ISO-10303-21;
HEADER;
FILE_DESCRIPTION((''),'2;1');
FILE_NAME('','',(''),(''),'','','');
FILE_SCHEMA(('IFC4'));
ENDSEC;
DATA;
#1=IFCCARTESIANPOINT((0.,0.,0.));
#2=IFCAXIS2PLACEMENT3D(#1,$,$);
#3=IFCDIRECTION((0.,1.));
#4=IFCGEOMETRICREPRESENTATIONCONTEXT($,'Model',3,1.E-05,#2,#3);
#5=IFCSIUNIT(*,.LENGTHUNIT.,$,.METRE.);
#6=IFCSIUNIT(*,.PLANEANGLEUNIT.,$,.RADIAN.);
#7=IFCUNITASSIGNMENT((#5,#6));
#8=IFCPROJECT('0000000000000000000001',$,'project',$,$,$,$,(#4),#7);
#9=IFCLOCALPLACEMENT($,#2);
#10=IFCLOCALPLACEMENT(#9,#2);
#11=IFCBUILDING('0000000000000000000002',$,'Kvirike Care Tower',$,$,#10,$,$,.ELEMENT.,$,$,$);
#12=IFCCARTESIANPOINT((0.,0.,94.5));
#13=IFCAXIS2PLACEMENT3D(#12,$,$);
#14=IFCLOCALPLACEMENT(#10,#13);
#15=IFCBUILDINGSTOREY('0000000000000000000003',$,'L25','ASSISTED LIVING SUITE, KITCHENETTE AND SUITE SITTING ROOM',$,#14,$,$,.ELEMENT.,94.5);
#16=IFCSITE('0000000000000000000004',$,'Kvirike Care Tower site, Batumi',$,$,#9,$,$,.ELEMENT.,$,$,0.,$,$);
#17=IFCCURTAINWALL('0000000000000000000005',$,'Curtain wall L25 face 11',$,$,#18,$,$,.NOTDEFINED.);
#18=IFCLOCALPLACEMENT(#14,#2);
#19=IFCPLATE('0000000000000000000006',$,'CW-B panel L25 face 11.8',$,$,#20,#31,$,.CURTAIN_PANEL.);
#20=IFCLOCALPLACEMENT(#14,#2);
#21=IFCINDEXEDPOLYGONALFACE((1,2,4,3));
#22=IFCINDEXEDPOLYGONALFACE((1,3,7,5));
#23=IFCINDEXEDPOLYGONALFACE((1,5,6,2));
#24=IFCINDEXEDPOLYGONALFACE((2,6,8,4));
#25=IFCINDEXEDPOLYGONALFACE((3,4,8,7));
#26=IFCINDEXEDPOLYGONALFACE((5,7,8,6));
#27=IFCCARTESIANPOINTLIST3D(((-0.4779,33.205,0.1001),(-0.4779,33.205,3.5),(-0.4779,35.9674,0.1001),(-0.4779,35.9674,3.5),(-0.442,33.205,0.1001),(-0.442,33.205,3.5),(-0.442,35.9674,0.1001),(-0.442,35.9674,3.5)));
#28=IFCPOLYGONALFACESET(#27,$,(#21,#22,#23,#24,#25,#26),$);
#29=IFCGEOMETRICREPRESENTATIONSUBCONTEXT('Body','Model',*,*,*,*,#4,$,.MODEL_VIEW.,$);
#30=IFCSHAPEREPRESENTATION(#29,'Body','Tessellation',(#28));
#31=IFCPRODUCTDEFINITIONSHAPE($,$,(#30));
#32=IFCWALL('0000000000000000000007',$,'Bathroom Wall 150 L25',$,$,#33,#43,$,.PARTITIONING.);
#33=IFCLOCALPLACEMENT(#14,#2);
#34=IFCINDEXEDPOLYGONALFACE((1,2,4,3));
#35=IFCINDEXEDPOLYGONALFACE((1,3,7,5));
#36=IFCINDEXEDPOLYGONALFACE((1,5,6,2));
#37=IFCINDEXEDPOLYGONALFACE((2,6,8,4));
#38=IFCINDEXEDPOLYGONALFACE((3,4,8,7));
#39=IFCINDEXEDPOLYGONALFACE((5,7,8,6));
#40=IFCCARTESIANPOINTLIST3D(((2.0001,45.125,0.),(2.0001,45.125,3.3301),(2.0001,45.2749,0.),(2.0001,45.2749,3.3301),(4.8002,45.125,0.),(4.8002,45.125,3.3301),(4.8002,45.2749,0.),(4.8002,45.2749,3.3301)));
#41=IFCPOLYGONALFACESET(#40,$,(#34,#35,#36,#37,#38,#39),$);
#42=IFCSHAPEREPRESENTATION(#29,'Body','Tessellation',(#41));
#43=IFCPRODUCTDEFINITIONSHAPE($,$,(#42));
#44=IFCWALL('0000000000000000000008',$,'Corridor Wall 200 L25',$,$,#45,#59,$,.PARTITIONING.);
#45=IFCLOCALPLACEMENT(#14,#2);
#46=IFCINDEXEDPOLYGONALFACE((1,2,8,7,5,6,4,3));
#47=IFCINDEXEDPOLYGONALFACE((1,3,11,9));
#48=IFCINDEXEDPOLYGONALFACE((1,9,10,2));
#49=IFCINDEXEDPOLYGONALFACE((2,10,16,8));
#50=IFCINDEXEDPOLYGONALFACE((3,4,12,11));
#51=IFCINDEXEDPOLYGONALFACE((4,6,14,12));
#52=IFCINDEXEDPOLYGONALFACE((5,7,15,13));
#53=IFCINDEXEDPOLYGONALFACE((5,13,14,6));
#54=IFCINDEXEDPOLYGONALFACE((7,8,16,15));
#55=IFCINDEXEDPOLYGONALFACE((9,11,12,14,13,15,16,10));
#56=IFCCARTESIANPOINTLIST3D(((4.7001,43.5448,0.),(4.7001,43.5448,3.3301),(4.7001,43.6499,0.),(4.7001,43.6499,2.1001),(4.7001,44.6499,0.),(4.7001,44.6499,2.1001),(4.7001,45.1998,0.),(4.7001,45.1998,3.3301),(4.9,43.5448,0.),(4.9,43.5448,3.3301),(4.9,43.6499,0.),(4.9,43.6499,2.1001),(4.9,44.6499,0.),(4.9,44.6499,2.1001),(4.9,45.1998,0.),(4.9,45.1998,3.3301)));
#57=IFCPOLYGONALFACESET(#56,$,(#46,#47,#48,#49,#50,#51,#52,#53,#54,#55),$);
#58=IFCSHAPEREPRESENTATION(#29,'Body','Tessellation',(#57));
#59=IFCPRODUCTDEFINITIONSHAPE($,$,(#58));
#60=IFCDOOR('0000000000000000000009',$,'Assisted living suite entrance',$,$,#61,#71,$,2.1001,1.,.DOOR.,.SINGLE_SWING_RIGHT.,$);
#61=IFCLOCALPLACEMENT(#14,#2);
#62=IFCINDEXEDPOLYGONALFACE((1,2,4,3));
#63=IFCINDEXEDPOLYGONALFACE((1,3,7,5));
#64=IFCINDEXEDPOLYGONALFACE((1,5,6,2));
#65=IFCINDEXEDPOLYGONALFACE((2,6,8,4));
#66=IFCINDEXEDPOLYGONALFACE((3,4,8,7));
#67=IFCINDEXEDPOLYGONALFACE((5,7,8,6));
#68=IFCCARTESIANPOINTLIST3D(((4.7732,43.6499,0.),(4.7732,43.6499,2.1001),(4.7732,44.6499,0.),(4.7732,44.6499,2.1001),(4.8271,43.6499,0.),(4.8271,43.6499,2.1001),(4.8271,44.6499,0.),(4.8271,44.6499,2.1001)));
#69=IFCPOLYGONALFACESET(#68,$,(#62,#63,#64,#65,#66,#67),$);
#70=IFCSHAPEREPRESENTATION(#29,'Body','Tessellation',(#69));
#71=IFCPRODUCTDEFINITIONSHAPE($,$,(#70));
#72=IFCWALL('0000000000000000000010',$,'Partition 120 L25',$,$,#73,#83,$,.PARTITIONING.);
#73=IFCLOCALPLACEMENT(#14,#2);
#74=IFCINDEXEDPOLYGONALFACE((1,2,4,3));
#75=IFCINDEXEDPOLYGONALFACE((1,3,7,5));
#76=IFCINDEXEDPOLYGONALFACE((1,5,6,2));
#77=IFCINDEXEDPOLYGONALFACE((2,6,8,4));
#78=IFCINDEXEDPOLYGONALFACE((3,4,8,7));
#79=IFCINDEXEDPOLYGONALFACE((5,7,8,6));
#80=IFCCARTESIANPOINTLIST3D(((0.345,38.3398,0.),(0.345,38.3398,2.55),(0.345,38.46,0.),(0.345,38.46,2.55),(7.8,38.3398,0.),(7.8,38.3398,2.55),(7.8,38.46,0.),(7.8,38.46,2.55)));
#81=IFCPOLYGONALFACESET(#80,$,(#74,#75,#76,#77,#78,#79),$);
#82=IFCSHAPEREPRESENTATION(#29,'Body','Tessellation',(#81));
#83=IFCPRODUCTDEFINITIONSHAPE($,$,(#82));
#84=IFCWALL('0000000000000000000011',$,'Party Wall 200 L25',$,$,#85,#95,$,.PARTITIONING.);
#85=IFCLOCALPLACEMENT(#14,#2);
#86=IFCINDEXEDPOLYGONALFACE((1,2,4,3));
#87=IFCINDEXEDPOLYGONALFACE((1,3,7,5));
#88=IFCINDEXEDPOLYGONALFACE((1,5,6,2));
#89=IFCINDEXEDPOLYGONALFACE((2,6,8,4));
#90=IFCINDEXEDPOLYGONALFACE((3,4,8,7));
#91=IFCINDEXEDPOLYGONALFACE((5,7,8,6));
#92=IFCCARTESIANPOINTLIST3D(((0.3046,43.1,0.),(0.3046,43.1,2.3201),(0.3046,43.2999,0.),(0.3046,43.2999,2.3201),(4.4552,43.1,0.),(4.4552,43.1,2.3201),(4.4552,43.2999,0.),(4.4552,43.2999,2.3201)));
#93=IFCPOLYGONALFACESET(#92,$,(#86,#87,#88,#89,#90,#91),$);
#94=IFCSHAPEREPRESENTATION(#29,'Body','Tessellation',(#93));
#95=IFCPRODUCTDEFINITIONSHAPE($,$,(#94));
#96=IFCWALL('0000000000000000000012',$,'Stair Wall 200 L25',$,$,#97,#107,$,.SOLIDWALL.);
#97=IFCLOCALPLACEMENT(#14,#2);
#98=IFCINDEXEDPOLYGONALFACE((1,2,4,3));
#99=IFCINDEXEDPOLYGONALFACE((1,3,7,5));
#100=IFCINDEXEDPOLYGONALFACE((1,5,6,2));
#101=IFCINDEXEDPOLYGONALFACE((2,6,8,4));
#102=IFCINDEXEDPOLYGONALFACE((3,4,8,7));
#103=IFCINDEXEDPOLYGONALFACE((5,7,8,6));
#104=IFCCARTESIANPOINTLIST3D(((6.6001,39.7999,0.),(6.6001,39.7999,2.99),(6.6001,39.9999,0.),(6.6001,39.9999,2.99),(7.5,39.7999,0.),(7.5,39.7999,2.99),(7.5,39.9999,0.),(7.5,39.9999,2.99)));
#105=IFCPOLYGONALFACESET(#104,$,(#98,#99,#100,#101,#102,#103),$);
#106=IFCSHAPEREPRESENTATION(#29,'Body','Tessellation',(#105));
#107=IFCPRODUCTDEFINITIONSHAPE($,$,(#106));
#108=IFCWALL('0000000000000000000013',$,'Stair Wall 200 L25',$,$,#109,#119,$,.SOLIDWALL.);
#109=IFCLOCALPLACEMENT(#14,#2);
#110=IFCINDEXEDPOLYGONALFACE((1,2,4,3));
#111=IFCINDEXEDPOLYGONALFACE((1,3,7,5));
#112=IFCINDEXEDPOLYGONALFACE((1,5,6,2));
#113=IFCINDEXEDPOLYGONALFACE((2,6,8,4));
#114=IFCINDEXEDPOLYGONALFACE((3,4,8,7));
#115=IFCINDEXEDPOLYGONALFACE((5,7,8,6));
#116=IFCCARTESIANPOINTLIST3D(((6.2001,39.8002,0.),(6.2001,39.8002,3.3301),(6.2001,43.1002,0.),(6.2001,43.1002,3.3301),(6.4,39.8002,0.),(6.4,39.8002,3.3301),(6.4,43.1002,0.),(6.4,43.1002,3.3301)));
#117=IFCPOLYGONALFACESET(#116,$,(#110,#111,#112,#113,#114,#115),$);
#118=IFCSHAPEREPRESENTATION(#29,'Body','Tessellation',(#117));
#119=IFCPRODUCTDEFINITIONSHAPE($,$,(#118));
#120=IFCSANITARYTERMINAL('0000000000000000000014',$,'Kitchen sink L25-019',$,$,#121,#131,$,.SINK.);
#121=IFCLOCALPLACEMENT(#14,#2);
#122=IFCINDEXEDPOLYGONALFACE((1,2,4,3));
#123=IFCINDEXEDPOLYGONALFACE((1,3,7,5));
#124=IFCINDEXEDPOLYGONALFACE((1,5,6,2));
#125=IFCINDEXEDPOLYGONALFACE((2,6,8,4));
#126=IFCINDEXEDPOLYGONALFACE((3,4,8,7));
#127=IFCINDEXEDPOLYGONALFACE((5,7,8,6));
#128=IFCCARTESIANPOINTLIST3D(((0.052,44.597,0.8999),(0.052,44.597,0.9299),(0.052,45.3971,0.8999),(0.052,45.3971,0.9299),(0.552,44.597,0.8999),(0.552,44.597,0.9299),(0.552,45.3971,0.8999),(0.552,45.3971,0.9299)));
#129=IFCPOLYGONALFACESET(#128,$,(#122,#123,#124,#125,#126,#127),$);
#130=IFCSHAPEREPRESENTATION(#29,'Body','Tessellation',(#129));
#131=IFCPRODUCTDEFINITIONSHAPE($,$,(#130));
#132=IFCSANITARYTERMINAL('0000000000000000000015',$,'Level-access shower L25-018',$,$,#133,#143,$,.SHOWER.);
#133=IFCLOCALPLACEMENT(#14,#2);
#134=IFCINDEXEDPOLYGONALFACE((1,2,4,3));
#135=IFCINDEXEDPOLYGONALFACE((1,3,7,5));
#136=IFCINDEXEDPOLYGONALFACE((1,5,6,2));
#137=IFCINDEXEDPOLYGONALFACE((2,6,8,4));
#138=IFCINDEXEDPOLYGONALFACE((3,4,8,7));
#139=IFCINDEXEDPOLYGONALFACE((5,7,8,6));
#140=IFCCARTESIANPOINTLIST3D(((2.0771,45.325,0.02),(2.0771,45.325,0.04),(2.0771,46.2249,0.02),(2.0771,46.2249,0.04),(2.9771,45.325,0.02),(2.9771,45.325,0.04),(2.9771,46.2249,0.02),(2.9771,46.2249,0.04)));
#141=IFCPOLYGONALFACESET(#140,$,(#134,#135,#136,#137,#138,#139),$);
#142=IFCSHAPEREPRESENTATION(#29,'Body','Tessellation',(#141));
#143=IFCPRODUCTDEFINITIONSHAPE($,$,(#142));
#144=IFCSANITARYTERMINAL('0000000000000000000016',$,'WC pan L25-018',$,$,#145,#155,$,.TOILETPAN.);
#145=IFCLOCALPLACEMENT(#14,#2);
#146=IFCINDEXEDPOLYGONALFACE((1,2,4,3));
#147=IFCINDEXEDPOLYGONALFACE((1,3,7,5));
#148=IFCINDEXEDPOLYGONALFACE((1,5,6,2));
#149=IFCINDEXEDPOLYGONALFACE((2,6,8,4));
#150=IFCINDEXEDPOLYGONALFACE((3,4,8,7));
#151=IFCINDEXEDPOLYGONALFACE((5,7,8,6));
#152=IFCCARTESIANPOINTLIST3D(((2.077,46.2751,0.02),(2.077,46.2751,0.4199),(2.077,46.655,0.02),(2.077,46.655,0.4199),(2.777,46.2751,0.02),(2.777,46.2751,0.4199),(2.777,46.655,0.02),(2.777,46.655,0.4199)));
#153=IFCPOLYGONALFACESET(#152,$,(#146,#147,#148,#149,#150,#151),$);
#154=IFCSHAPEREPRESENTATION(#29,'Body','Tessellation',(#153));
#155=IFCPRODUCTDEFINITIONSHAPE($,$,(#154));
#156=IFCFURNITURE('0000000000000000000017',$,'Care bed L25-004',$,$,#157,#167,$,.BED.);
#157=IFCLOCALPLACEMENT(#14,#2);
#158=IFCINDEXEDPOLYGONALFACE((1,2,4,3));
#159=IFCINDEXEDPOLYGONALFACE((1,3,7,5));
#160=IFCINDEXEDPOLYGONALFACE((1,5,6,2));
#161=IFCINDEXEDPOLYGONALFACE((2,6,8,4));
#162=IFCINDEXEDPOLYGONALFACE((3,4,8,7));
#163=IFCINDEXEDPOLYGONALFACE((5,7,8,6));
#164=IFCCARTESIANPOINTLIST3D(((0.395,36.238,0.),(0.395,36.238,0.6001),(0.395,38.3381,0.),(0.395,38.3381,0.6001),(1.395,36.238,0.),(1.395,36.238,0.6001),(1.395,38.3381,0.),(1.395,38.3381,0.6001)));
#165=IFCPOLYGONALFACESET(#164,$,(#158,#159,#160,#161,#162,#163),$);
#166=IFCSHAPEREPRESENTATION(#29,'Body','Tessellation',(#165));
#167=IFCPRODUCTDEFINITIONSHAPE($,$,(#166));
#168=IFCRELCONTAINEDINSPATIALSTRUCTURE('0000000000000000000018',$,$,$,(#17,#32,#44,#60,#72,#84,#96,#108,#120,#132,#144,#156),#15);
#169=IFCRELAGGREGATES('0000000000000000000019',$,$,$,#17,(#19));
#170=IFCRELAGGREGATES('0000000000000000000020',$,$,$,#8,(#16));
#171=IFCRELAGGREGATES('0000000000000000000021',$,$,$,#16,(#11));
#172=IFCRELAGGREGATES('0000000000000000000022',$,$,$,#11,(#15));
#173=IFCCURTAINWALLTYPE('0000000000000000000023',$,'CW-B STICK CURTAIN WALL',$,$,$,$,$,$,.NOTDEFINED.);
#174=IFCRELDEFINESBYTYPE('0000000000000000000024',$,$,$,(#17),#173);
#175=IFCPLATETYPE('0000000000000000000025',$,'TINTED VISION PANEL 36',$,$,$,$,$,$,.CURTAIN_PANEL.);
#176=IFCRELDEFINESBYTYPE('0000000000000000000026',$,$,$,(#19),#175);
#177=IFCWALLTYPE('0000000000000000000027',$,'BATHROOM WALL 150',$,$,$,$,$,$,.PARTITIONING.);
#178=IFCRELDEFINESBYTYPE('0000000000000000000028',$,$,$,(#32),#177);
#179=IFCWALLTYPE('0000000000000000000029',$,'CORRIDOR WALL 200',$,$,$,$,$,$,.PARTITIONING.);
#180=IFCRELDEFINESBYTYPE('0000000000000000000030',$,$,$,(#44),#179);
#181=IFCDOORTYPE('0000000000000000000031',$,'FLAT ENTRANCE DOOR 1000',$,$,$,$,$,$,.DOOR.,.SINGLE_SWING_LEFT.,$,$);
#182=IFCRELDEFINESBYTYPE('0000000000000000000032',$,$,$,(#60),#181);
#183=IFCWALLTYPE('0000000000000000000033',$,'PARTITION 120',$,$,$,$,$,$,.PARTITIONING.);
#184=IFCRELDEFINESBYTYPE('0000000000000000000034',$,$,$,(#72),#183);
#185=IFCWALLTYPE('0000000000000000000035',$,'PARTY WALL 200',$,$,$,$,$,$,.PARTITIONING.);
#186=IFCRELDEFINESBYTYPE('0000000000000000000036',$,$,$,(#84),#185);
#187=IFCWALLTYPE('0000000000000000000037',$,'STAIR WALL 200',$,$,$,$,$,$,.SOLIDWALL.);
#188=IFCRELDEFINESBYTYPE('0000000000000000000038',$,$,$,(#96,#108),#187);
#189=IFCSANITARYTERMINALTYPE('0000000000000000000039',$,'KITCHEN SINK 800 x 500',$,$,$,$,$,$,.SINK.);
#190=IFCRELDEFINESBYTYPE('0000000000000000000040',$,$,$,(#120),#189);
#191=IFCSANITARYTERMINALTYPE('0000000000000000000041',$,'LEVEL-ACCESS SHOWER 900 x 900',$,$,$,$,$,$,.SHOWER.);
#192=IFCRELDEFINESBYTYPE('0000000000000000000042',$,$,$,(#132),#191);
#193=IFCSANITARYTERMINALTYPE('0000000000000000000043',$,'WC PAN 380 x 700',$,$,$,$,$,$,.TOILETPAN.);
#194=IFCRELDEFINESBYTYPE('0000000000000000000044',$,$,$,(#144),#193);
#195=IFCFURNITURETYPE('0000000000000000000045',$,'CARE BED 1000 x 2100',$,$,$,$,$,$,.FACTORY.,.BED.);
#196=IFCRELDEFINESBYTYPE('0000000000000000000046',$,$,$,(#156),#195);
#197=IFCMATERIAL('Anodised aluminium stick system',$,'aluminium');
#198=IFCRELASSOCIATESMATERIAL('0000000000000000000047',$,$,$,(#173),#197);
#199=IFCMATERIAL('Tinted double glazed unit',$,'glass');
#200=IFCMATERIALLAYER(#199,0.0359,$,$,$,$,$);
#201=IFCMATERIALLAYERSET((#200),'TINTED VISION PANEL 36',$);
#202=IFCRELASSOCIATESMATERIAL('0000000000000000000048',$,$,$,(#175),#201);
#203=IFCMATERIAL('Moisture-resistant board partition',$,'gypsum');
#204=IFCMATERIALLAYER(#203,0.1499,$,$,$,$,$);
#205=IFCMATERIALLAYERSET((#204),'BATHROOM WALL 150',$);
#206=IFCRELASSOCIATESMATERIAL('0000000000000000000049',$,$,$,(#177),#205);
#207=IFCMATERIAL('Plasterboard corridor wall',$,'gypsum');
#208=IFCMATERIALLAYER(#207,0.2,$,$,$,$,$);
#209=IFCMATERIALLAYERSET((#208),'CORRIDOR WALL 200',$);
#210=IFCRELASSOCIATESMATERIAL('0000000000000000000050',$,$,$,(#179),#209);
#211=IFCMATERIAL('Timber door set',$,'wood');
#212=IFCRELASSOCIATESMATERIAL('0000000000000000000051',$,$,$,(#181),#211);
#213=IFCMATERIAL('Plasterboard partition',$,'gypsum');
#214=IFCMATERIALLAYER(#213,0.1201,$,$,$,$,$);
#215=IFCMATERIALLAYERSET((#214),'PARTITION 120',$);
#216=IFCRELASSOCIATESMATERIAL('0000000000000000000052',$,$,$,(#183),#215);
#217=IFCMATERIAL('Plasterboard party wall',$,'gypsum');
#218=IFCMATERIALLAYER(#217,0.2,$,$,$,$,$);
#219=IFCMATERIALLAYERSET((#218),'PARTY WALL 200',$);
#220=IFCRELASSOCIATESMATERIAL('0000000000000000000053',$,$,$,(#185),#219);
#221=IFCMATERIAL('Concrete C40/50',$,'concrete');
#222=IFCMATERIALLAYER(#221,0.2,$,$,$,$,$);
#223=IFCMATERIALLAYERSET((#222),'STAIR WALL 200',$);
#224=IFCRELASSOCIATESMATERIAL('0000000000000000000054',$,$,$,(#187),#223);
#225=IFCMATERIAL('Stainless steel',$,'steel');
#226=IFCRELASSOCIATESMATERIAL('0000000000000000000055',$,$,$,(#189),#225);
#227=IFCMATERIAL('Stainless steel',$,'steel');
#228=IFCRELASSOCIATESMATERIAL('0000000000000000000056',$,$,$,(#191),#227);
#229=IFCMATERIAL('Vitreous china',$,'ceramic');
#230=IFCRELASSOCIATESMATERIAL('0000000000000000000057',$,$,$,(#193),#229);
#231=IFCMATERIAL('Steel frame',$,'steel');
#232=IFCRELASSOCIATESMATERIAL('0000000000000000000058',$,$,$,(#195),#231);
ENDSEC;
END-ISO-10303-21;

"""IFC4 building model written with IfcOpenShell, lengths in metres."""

from ifc_helpers import new_model, si_unit, direction, frame, frame_2d, origin, origin_2d, place, context, subcontext, project, spatial, rectangle, extrude, material, layer, layer_set, type_object, element, fill, aggregate, save


model = new_model("IFC4")

# Units and contexts
model_context = context("Model", 3, precision=1e-05, world=origin(), true_north=direction((0.0, 1.0)))
body_context = subcontext(model_context, "Body", "Model", "MODEL_VIEW")
ifc_project = project(units=[si_unit("LENGTHUNIT", "METRE"), si_unit("PLANEANGLEUNIT", "RADIAN")], contexts=[model_context])

# Site, building, storey
site_placement = place(None, origin())
site = spatial("IfcSite", under=ifc_project, at=site_placement, Name="Kvirike Care Tower site, Batumi", CompositionType="ELEMENT", RefElevation=0.0)
building_placement = place(site_placement, origin())
building = spatial("IfcBuilding", under=site, at=building_placement, Name="Kvirike Care Tower", CompositionType="ELEMENT")
storey_placement = place(building_placement, frame((0.0, 0.0, 94.5)))
storey = spatial("IfcBuildingStorey", under=building, at=storey_placement, Name="L25", Description="ASSISTED LIVING SUITE, KITCHENETTE AND SUITE SITTING ROOM", CompositionType="ELEMENT", Elevation=94.5)

# Curtain wall
ifc_material_1 = material(Name="Anodised aluminium stick system", Category="aluminium")
curtain_wall_type = type_object("IfcCurtainWallType", Name="CW-B STICK CURTAIN WALL", PredefinedType="NOTDEFINED", material=ifc_material_1)
curtain_wall_placement = place(storey_placement, origin())
curtain_wall = element("IfcCurtainWall", 1, at=curtain_wall_placement, inside=storey, type_object=curtain_wall_type, Name="Curtain wall L25 face 11", PredefinedType="NOTDEFINED")

# Plate
ifc_material_2 = material(Name="Tinted double glazed unit", Category="glass")
ifc_layer_1 = layer(ifc_material_2, 0.0359)
ifc_layer_set_1 = layer_set([ifc_layer_1], Name="TINTED VISION PANEL 36")
plate_type = type_object("IfcPlateType", Name="TINTED VISION PANEL 36", PredefinedType="CURTAIN_PANEL", material=ifc_layer_set_1)
plate_1_placement = place(storey_placement, frame((-0.46, 34.5862, 0.1001), z_axis=(0.0, 0.0, 1.0), x_axis=(0.0, -1.0, 0.0)))
plate_1 = element("IfcPlate", 2, at=plate_1_placement, type_object=plate_type, Name="CW-B panel L25 face 11.8", PredefinedType="CURTAIN_PANEL", context=body_context, shape_type="SweptSolid", body=[
    extrude(rectangle(XDim=2.7625, YDim=0.0359, at=origin_2d()), origin(), (0.0, 0.0, 1.0), 3.3999),
])
aggregate(curtain_wall, [plate_1])

# Wall
ifc_material_3 = material(Name="Moisture-resistant board partition", Category="gypsum")
ifc_layer_2 = layer(ifc_material_3, 0.1499)
ifc_layer_set_2 = layer_set([ifc_layer_2], Name="BATHROOM WALL 150")
wall_type_1 = type_object("IfcWallType", Name="BATHROOM WALL 150", PredefinedType="PARTITIONING", material=ifc_layer_set_2)
wall_1_placement = place(storey_placement, frame((4.8, 45.2, 0.0), z_axis=(0.0, 0.0, 1.0), x_axis=(-1.0, 0.0, 0.0)))
element("IfcWall", 3, at=wall_1_placement, inside=storey, type_object=wall_type_1, Name="Bathroom Wall 150 L25", PredefinedType="PARTITIONING", context=body_context, shape_type="SweptSolid", body=[
    extrude(rectangle(XDim=2.8, YDim=0.1499, at=frame_2d((1.3999, 0.0))), origin(), (0.0, 0.0, 1.0), 3.3301),
])

# Wall, opening, door
ifc_material_4 = material(Name="Plasterboard corridor wall", Category="gypsum")
ifc_layer_3 = layer(ifc_material_4, 0.2)
ifc_layer_set_3 = layer_set([ifc_layer_3], Name="CORRIDOR WALL 200")
wall_type_2 = type_object("IfcWallType", Name="CORRIDOR WALL 200", PredefinedType="PARTITIONING", material=ifc_layer_set_3)
wall_2_placement = place(storey_placement, frame((4.8, 45.2, 0.0), z_axis=(0.0, 0.0, 1.0), x_axis=(0.0, -1.0, 0.0)))
wall_2 = element("IfcWall", 4, at=wall_2_placement, inside=storey, type_object=wall_type_2, Name="Corridor Wall 200 L25", PredefinedType="PARTITIONING", context=body_context, shape_type="SweptSolid", body=[
    extrude(rectangle(XDim=1.655, YDim=0.2, at=frame_2d((0.8276, 0.0))), origin(), (0.0, 0.0, 1.0), 3.3301),
])
opening_placement = place(wall_2_placement, frame((0.55, 0.0, 0.0)))
opening = element("IfcOpeningElement", 5, at=opening_placement, cuts=wall_2, PredefinedType="OPENING", context=body_context, shape_type="SweptSolid", body=[
    extrude(rectangle(XDim=1.0, YDim=2.1001, at=frame_2d((0.5, 1.05))), frame((0.0, 0.1106, 0.0), z_axis=(0.0, -1.0, 0.0), x_axis=(1.0, 0.0, 0.0)), (0.0, 0.0, 1.0), 0.2209),
])
ifc_material_5 = material(Name="Timber door set", Category="wood")
door_type = type_object("IfcDoorType", Name="FLAT ENTRANCE DOOR 1000", OperationType="SINGLE_SWING_LEFT", PredefinedType="DOOR", material=ifc_material_5)
door_placement = place(opening_placement, frame((1.0, 0.0, 0.0), z_axis=(0.0, 0.0, 1.0), x_axis=(-1.0, 0.0, 0.0)))
door = element("IfcDoor", 6, at=door_placement, inside=storey, type_object=door_type, Name="Assisted living suite entrance", OperationType="SINGLE_SWING_RIGHT", OverallHeight=2.1001, OverallWidth=1.0, PredefinedType="DOOR", context=body_context, shape_type="SweptSolid", body=[
    extrude(rectangle(XDim=1.0, YDim=2.1001, at=frame_2d((0.5, 1.05))), frame((0.0, 0.0269, 0.0), z_axis=(0.0, -1.0, 0.0), x_axis=(1.0, 0.0, 0.0)), (0.0, 0.0, 1.0), 0.054),
])
fill(opening, door)

# Walls
ifc_material_6 = material(Name="Plasterboard partition", Category="gypsum")
ifc_layer_4 = layer(ifc_material_6, 0.1201)
ifc_layer_set_4 = layer_set([ifc_layer_4], Name="PARTITION 120")
wall_type_3 = type_object("IfcWallType", Name="PARTITION 120", PredefinedType="PARTITIONING", material=ifc_layer_set_4)
wall_3_placement = place(storey_placement, frame((0.345, 38.3999, 0.0), z_axis=(0.0, 0.0, 1.0), x_axis=(1.0, 0.0, 0.0)))
element("IfcWall", 7, at=wall_3_placement, inside=storey, type_object=wall_type_3, Name="Partition 120 L25", PredefinedType="PARTITIONING", context=body_context, shape_type="SweptSolid", body=[
    extrude(rectangle(XDim=7.4551, YDim=0.1201, at=frame_2d((3.7275, 0.0))), origin(), (0.0, 0.0, 1.0), 2.55),
])
ifc_material_7 = material(Name="Plasterboard party wall", Category="gypsum")
ifc_layer_5 = layer(ifc_material_7, 0.2)
ifc_layer_set_5 = layer_set([ifc_layer_5], Name="PARTY WALL 200")
wall_type_4 = type_object("IfcWallType", Name="PARTY WALL 200", PredefinedType="PARTITIONING", material=ifc_layer_set_5)
wall_4_placement = place(storey_placement, frame((4.4551, 43.2, 0.0), z_axis=(0.0, 0.0, 1.0), x_axis=(-1.0, 0.0, 0.0)))
element("IfcWall", 8, at=wall_4_placement, inside=storey, type_object=wall_type_4, Name="Party Wall 200 L25", PredefinedType="PARTITIONING", context=body_context, shape_type="SweptSolid", body=[
    extrude(rectangle(XDim=4.1506, YDim=0.2, at=frame_2d((2.0752, 0.0))), origin(), (0.0, 0.0, 1.0), 2.3201),
])
ifc_material_8 = material(Name="Concrete C40/50", Category="concrete")
ifc_layer_6 = layer(ifc_material_8, 0.2)
ifc_layer_set_6 = layer_set([ifc_layer_6], Name="STAIR WALL 200")
wall_type_5 = type_object("IfcWallType", Name="STAIR WALL 200", PredefinedType="SOLIDWALL", material=ifc_layer_set_6)
wall_5_placement = place(storey_placement, frame((6.6001, 39.8999, 0.0), z_axis=(0.0, 0.0, 1.0), x_axis=(1.0, 0.0, 0.0)))
element("IfcWall", 9, at=wall_5_placement, inside=storey, type_object=wall_type_5, Name="Stair Wall 200 L25", PredefinedType="SOLIDWALL", context=body_context, shape_type="SweptSolid", body=[
    extrude(rectangle(XDim=0.8999, YDim=0.2, at=frame_2d((0.45, 0.0))), origin(), (0.0, 0.0, 1.0), 2.99),
])
wall_6_placement = place(storey_placement, frame((6.3, 43.1001, 0.0), z_axis=(0.0, 0.0, 1.0), x_axis=(0.0, -1.0, 0.0)))
element("IfcWall", 10, at=wall_6_placement, inside=storey, type_object=wall_type_5, Name="Stair Wall 200 L25", PredefinedType="SOLIDWALL", context=body_context, shape_type="SweptSolid", body=[
    extrude(rectangle(XDim=3.3, YDim=0.2, at=frame_2d((1.6499, 0.0))), origin(), (0.0, 0.0, 1.0), 3.3301),
])

# Sanitary terminals
ifc_material_9 = material(Name="Stainless steel", Category="steel")
sanitary_terminal_type_1 = type_object("IfcSanitaryTerminalType", Name="KITCHEN SINK 800 x 500", PredefinedType="SINK", material=ifc_material_9)
sanitary_terminal_1_placement = place(storey_placement, frame((0.302, 44.9971, 0.8999), z_axis=(0.0, 0.0, 1.0), x_axis=(0.0, 1.0, 0.0)))
element("IfcSanitaryTerminal", 11, at=sanitary_terminal_1_placement, inside=storey, type_object=sanitary_terminal_type_1, Name="Kitchen sink L25-019", PredefinedType="SINK", context=body_context, shape_type="SweptSolid", body=[
    extrude(rectangle(XDim=0.8, YDim=0.5, at=origin_2d()), origin(), (0.0, 0.0, 1.0), 0.03),
])
ifc_material_10 = material(Name="Stainless steel", Category="steel")
sanitary_terminal_type_2 = type_object("IfcSanitaryTerminalType", Name="LEVEL-ACCESS SHOWER 900 x 900", PredefinedType="SHOWER", material=ifc_material_10)
sanitary_terminal_2_placement = place(storey_placement, frame((2.5271, 45.7749, 0.02), z_axis=(0.0, 0.0, 1.0), x_axis=(0.0, 1.0, 0.0)))
element("IfcSanitaryTerminal", 12, at=sanitary_terminal_2_placement, inside=storey, type_object=sanitary_terminal_type_2, Name="Level-access shower L25-018", PredefinedType="SHOWER", context=body_context, shape_type="SweptSolid", body=[
    extrude(rectangle(XDim=0.8999, YDim=0.8999, at=origin_2d()), origin(), (0.0, 0.0, 1.0), 0.02),
])
ifc_material_11 = material(Name="Vitreous china", Category="ceramic")
sanitary_terminal_type_3 = type_object("IfcSanitaryTerminalType", Name="WC PAN 380 x 700", PredefinedType="TOILETPAN", material=ifc_material_11)
sanitary_terminal_3_placement = place(storey_placement, frame((2.427, 46.4651, 0.02), z_axis=(0.0, 0.0, 1.0), x_axis=(0.0, 1.0, 0.0)))
element("IfcSanitaryTerminal", 13, at=sanitary_terminal_3_placement, inside=storey, type_object=sanitary_terminal_type_3, Name="WC pan L25-018", PredefinedType="TOILETPAN", context=body_context, shape_type="SweptSolid", body=[
    extrude(rectangle(XDim=0.3799, YDim=0.7, at=origin_2d()), origin(), (0.0, 0.0, 1.0), 0.3999),
])

# Furniture
ifc_material_12 = material(Name="Steel frame", Category="steel")
furniture_type_1 = type_object("IfcFurnitureType", Name="CARE BED 1000 x 2100", AssemblyPlace="FACTORY", PredefinedType="BED", material=ifc_material_12)
furniture_1_placement = place(storey_placement, frame((0.895, 37.2881, 0.0), z_axis=(0.0, 0.0, 1.0), x_axis=(1.0, 0.0, 0.0)))
element("IfcFurniture", 14, at=furniture_1_placement, inside=storey, type_object=furniture_type_1, Name="Care bed L25-004", PredefinedType="BED", context=body_context, shape_type="SweptSolid", body=[
    extrude(rectangle(XDim=1.0, YDim=2.1001, at=origin_2d()), origin(), (0.0, 0.0, 1.0), 0.6001),
])

save(model, "model.ifc")
